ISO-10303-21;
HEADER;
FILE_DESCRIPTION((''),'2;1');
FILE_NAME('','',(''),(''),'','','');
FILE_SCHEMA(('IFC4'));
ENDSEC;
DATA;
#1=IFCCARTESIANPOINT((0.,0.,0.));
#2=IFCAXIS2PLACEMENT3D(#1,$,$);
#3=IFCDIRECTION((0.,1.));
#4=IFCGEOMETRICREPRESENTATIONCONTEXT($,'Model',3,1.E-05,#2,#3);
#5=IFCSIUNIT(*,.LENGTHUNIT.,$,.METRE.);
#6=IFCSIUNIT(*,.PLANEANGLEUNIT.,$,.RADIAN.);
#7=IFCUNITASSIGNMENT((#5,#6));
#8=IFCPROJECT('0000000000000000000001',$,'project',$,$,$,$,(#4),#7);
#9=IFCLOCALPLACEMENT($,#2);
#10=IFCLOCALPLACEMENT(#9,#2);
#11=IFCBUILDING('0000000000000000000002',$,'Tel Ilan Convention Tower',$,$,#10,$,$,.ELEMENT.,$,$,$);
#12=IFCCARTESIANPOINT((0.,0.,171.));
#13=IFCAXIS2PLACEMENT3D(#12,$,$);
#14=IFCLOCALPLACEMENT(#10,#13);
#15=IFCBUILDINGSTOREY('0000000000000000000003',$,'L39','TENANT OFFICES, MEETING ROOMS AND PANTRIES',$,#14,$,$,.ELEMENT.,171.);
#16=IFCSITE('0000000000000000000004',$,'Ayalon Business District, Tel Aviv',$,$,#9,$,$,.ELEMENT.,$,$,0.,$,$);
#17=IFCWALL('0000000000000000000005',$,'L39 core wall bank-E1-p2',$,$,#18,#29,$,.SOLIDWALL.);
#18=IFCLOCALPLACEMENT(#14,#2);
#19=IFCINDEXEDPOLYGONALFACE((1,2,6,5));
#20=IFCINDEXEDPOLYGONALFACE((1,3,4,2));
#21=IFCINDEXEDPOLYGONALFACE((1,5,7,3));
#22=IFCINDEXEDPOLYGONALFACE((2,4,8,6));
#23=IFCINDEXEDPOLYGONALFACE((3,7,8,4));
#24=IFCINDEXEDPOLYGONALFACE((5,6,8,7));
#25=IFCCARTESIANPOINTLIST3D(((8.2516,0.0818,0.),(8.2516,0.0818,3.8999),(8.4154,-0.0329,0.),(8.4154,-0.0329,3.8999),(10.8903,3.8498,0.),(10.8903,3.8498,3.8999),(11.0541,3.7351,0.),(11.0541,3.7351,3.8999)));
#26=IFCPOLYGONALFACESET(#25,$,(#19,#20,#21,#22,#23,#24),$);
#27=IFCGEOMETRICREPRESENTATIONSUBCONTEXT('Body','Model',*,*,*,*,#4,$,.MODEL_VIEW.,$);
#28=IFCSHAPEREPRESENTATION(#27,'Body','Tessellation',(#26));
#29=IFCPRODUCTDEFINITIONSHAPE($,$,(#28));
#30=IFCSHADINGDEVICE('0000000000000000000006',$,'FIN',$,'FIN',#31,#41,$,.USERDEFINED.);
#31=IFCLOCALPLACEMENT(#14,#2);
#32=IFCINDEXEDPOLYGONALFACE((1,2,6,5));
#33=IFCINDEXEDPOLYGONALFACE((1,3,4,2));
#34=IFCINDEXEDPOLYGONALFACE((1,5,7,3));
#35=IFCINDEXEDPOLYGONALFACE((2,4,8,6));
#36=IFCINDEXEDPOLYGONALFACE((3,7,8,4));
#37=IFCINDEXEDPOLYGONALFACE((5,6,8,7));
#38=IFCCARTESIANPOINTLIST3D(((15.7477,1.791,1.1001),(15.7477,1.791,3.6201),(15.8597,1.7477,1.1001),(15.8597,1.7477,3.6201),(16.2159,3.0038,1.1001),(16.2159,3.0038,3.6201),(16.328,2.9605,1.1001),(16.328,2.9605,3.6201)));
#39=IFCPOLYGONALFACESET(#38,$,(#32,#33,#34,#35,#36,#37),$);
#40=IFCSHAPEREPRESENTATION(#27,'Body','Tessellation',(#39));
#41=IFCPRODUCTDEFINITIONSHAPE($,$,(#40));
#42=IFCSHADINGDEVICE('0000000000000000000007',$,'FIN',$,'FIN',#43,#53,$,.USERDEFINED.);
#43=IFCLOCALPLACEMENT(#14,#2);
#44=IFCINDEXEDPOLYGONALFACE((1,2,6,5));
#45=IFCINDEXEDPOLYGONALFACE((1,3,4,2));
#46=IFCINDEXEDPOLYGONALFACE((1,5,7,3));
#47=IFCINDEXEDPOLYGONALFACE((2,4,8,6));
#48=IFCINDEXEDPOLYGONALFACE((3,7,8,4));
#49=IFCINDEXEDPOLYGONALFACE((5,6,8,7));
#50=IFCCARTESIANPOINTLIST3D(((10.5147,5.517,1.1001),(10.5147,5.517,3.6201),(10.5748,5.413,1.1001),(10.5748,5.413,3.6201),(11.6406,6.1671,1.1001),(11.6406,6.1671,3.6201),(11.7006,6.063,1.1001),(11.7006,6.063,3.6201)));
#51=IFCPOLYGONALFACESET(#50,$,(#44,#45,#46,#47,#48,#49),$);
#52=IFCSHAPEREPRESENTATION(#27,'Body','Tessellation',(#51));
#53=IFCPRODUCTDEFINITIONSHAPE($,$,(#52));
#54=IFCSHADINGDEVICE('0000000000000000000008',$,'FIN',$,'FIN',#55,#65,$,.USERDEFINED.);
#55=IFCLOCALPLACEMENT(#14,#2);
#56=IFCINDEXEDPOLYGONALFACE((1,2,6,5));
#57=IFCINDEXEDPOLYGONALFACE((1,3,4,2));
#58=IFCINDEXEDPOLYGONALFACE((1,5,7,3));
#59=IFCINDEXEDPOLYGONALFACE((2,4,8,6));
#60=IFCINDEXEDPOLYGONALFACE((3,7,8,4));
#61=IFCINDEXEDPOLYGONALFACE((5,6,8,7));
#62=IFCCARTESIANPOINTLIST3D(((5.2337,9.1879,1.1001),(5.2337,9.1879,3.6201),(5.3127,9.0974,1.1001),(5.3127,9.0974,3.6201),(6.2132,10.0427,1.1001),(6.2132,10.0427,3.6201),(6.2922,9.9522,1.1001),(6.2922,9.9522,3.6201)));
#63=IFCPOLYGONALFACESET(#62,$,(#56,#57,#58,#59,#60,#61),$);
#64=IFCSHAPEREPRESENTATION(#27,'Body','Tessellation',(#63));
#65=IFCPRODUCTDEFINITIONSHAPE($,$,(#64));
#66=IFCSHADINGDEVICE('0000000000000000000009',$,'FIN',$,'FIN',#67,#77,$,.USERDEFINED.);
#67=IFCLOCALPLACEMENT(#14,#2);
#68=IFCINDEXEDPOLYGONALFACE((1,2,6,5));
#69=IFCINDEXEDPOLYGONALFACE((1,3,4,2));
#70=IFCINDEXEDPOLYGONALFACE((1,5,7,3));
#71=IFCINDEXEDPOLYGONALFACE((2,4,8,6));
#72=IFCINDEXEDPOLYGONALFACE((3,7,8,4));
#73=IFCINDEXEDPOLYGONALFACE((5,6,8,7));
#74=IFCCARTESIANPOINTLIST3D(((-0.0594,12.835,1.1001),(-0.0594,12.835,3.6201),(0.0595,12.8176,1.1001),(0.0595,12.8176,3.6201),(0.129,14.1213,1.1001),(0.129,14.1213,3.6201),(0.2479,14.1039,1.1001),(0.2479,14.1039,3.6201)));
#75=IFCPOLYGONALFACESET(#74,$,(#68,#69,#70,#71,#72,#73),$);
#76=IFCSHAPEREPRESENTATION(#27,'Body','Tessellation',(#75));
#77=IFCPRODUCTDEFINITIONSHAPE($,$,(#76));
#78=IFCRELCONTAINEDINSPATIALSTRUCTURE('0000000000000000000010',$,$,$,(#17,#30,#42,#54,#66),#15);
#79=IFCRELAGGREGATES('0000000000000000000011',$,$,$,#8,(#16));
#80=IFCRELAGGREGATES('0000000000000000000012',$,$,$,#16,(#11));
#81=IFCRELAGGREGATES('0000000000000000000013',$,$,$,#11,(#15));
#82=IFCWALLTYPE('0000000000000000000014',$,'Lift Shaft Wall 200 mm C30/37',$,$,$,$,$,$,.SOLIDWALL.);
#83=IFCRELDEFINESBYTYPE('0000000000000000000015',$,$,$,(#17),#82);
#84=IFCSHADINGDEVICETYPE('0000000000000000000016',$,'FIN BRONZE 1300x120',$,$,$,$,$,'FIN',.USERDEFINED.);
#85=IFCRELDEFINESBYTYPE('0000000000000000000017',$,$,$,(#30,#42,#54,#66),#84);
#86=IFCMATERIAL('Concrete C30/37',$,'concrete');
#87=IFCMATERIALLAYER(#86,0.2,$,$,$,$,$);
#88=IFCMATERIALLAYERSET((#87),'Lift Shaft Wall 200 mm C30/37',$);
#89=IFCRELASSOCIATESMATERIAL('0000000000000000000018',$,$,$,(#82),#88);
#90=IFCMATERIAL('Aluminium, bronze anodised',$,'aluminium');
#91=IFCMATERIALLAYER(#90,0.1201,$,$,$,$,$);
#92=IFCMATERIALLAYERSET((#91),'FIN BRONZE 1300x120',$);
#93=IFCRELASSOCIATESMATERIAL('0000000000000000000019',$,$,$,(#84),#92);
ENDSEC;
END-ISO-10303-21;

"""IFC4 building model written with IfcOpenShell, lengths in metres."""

from ifc_helpers import new_model, si_unit, direction, frame, frame_2d, origin, origin_2d, place, context, subcontext, project, spatial, rectangle, extrude, material, layer, layer_set, type_object, element, save


model = new_model("IFC4")

# Units and contexts
model_context = context("Model", 3, precision=1e-05, world=origin(), true_north=direction((0.0, 1.0)))
body_context = subcontext(model_context, "Body", "Model", "MODEL_VIEW")
ifc_project = project(units=[si_unit("LENGTHUNIT", "METRE"), si_unit("PLANEANGLEUNIT", "RADIAN")], contexts=[model_context])

# Site, building, storey
site_placement = place(None, origin())
site = spatial("IfcSite", under=ifc_project, at=site_placement, Name="Ayalon Business District, Tel Aviv", CompositionType="ELEMENT", RefElevation=0.0)
building_placement = place(site_placement, origin())
building = spatial("IfcBuilding", under=site, at=building_placement, Name="Tel Ilan Convention Tower", CompositionType="ELEMENT")
storey_placement = place(building_placement, frame((0.0, 0.0, 171.0)))
storey = spatial("IfcBuildingStorey", under=building, at=storey_placement, Name="L39", Description="TENANT OFFICES, MEETING ROOMS AND PANTRIES", CompositionType="ELEMENT", Elevation=171.0)

# Wall
ifc_material_1 = material(Name="Concrete C30/37", Category="concrete")
ifc_layer_1 = layer(ifc_material_1, 0.2)
ifc_layer_set_1 = layer_set([ifc_layer_1], Name="Lift Shaft Wall 200 mm C30/37")
wall_type_1 = type_object("IfcWallType", Name="Lift Shaft Wall 200 mm C30/37", PredefinedType="SOLIDWALL", material=ifc_layer_set_1)
wall_1_placement = place(storey_placement, frame((8.3335, 0.0244, 0.0), z_axis=(0.0, 0.0, 1.0), x_axis=(0.573612, 0.819127, 0.0)))
element("IfcWall", 1, at=wall_1_placement, inside=storey, type_object=wall_type_1, Name="L39 core wall bank-E1-p2", PredefinedType="SOLIDWALL", context=body_context, shape_type="SweptSolid", body=[
    extrude(rectangle(XDim=4.6001, YDim=0.2, at=frame_2d((2.3, 0.0))), origin(), (0.0, 0.0, 1.0), 3.8999),
])

# Shading devices
ifc_material_2 = material(Name="Aluminium, bronze anodised", Category="aluminium")
ifc_layer_2 = layer(ifc_material_2, 0.1201)
ifc_layer_set_2 = layer_set([ifc_layer_2], Name="FIN BRONZE 1300x120")
shading_device_type = type_object("IfcShadingDeviceType", Name="FIN BRONZE 1300x120", ElementType="FIN", PredefinedType="USERDEFINED", material=ifc_layer_set_2)
for number, where, z_axis, x_axis, name in (
    (2, (16.0378, 2.3757, 1.1001), (0.0, 0.0, 1.0), (0.360178, 0.932884, 0.0), "FIN"),
    (3, (11.1077, 5.79, 1.1001), (0.0, 0.0, 1.0), (0.866025, 0.5, 0.0), "FIN"),
    (4, (5.7629, 9.5701, 1.1001), (0.0, 0.0, 1.0), (0.753436, 0.657521, 0.0), "FIN"),
    (5, (0.0942, 13.4695, 1.1001), (0.0, 0.0, 1.0), (0.144932, 0.989442, 0.0), "FIN"),
):
    element("IfcShadingDevice", number, at=place(storey_placement, frame(where, z_axis=z_axis, x_axis=x_axis)), inside=storey, type_object=shading_device_type, Name=name, ObjectType="FIN", PredefinedType="USERDEFINED", context=body_context, shape_type="SweptSolid", body=[
        extrude(rectangle(XDim=1.3, YDim=0.1201, at=origin_2d()), origin(), (0.0, 0.0, 1.0), 2.52),
    ])

save(model, "model.ifc")
